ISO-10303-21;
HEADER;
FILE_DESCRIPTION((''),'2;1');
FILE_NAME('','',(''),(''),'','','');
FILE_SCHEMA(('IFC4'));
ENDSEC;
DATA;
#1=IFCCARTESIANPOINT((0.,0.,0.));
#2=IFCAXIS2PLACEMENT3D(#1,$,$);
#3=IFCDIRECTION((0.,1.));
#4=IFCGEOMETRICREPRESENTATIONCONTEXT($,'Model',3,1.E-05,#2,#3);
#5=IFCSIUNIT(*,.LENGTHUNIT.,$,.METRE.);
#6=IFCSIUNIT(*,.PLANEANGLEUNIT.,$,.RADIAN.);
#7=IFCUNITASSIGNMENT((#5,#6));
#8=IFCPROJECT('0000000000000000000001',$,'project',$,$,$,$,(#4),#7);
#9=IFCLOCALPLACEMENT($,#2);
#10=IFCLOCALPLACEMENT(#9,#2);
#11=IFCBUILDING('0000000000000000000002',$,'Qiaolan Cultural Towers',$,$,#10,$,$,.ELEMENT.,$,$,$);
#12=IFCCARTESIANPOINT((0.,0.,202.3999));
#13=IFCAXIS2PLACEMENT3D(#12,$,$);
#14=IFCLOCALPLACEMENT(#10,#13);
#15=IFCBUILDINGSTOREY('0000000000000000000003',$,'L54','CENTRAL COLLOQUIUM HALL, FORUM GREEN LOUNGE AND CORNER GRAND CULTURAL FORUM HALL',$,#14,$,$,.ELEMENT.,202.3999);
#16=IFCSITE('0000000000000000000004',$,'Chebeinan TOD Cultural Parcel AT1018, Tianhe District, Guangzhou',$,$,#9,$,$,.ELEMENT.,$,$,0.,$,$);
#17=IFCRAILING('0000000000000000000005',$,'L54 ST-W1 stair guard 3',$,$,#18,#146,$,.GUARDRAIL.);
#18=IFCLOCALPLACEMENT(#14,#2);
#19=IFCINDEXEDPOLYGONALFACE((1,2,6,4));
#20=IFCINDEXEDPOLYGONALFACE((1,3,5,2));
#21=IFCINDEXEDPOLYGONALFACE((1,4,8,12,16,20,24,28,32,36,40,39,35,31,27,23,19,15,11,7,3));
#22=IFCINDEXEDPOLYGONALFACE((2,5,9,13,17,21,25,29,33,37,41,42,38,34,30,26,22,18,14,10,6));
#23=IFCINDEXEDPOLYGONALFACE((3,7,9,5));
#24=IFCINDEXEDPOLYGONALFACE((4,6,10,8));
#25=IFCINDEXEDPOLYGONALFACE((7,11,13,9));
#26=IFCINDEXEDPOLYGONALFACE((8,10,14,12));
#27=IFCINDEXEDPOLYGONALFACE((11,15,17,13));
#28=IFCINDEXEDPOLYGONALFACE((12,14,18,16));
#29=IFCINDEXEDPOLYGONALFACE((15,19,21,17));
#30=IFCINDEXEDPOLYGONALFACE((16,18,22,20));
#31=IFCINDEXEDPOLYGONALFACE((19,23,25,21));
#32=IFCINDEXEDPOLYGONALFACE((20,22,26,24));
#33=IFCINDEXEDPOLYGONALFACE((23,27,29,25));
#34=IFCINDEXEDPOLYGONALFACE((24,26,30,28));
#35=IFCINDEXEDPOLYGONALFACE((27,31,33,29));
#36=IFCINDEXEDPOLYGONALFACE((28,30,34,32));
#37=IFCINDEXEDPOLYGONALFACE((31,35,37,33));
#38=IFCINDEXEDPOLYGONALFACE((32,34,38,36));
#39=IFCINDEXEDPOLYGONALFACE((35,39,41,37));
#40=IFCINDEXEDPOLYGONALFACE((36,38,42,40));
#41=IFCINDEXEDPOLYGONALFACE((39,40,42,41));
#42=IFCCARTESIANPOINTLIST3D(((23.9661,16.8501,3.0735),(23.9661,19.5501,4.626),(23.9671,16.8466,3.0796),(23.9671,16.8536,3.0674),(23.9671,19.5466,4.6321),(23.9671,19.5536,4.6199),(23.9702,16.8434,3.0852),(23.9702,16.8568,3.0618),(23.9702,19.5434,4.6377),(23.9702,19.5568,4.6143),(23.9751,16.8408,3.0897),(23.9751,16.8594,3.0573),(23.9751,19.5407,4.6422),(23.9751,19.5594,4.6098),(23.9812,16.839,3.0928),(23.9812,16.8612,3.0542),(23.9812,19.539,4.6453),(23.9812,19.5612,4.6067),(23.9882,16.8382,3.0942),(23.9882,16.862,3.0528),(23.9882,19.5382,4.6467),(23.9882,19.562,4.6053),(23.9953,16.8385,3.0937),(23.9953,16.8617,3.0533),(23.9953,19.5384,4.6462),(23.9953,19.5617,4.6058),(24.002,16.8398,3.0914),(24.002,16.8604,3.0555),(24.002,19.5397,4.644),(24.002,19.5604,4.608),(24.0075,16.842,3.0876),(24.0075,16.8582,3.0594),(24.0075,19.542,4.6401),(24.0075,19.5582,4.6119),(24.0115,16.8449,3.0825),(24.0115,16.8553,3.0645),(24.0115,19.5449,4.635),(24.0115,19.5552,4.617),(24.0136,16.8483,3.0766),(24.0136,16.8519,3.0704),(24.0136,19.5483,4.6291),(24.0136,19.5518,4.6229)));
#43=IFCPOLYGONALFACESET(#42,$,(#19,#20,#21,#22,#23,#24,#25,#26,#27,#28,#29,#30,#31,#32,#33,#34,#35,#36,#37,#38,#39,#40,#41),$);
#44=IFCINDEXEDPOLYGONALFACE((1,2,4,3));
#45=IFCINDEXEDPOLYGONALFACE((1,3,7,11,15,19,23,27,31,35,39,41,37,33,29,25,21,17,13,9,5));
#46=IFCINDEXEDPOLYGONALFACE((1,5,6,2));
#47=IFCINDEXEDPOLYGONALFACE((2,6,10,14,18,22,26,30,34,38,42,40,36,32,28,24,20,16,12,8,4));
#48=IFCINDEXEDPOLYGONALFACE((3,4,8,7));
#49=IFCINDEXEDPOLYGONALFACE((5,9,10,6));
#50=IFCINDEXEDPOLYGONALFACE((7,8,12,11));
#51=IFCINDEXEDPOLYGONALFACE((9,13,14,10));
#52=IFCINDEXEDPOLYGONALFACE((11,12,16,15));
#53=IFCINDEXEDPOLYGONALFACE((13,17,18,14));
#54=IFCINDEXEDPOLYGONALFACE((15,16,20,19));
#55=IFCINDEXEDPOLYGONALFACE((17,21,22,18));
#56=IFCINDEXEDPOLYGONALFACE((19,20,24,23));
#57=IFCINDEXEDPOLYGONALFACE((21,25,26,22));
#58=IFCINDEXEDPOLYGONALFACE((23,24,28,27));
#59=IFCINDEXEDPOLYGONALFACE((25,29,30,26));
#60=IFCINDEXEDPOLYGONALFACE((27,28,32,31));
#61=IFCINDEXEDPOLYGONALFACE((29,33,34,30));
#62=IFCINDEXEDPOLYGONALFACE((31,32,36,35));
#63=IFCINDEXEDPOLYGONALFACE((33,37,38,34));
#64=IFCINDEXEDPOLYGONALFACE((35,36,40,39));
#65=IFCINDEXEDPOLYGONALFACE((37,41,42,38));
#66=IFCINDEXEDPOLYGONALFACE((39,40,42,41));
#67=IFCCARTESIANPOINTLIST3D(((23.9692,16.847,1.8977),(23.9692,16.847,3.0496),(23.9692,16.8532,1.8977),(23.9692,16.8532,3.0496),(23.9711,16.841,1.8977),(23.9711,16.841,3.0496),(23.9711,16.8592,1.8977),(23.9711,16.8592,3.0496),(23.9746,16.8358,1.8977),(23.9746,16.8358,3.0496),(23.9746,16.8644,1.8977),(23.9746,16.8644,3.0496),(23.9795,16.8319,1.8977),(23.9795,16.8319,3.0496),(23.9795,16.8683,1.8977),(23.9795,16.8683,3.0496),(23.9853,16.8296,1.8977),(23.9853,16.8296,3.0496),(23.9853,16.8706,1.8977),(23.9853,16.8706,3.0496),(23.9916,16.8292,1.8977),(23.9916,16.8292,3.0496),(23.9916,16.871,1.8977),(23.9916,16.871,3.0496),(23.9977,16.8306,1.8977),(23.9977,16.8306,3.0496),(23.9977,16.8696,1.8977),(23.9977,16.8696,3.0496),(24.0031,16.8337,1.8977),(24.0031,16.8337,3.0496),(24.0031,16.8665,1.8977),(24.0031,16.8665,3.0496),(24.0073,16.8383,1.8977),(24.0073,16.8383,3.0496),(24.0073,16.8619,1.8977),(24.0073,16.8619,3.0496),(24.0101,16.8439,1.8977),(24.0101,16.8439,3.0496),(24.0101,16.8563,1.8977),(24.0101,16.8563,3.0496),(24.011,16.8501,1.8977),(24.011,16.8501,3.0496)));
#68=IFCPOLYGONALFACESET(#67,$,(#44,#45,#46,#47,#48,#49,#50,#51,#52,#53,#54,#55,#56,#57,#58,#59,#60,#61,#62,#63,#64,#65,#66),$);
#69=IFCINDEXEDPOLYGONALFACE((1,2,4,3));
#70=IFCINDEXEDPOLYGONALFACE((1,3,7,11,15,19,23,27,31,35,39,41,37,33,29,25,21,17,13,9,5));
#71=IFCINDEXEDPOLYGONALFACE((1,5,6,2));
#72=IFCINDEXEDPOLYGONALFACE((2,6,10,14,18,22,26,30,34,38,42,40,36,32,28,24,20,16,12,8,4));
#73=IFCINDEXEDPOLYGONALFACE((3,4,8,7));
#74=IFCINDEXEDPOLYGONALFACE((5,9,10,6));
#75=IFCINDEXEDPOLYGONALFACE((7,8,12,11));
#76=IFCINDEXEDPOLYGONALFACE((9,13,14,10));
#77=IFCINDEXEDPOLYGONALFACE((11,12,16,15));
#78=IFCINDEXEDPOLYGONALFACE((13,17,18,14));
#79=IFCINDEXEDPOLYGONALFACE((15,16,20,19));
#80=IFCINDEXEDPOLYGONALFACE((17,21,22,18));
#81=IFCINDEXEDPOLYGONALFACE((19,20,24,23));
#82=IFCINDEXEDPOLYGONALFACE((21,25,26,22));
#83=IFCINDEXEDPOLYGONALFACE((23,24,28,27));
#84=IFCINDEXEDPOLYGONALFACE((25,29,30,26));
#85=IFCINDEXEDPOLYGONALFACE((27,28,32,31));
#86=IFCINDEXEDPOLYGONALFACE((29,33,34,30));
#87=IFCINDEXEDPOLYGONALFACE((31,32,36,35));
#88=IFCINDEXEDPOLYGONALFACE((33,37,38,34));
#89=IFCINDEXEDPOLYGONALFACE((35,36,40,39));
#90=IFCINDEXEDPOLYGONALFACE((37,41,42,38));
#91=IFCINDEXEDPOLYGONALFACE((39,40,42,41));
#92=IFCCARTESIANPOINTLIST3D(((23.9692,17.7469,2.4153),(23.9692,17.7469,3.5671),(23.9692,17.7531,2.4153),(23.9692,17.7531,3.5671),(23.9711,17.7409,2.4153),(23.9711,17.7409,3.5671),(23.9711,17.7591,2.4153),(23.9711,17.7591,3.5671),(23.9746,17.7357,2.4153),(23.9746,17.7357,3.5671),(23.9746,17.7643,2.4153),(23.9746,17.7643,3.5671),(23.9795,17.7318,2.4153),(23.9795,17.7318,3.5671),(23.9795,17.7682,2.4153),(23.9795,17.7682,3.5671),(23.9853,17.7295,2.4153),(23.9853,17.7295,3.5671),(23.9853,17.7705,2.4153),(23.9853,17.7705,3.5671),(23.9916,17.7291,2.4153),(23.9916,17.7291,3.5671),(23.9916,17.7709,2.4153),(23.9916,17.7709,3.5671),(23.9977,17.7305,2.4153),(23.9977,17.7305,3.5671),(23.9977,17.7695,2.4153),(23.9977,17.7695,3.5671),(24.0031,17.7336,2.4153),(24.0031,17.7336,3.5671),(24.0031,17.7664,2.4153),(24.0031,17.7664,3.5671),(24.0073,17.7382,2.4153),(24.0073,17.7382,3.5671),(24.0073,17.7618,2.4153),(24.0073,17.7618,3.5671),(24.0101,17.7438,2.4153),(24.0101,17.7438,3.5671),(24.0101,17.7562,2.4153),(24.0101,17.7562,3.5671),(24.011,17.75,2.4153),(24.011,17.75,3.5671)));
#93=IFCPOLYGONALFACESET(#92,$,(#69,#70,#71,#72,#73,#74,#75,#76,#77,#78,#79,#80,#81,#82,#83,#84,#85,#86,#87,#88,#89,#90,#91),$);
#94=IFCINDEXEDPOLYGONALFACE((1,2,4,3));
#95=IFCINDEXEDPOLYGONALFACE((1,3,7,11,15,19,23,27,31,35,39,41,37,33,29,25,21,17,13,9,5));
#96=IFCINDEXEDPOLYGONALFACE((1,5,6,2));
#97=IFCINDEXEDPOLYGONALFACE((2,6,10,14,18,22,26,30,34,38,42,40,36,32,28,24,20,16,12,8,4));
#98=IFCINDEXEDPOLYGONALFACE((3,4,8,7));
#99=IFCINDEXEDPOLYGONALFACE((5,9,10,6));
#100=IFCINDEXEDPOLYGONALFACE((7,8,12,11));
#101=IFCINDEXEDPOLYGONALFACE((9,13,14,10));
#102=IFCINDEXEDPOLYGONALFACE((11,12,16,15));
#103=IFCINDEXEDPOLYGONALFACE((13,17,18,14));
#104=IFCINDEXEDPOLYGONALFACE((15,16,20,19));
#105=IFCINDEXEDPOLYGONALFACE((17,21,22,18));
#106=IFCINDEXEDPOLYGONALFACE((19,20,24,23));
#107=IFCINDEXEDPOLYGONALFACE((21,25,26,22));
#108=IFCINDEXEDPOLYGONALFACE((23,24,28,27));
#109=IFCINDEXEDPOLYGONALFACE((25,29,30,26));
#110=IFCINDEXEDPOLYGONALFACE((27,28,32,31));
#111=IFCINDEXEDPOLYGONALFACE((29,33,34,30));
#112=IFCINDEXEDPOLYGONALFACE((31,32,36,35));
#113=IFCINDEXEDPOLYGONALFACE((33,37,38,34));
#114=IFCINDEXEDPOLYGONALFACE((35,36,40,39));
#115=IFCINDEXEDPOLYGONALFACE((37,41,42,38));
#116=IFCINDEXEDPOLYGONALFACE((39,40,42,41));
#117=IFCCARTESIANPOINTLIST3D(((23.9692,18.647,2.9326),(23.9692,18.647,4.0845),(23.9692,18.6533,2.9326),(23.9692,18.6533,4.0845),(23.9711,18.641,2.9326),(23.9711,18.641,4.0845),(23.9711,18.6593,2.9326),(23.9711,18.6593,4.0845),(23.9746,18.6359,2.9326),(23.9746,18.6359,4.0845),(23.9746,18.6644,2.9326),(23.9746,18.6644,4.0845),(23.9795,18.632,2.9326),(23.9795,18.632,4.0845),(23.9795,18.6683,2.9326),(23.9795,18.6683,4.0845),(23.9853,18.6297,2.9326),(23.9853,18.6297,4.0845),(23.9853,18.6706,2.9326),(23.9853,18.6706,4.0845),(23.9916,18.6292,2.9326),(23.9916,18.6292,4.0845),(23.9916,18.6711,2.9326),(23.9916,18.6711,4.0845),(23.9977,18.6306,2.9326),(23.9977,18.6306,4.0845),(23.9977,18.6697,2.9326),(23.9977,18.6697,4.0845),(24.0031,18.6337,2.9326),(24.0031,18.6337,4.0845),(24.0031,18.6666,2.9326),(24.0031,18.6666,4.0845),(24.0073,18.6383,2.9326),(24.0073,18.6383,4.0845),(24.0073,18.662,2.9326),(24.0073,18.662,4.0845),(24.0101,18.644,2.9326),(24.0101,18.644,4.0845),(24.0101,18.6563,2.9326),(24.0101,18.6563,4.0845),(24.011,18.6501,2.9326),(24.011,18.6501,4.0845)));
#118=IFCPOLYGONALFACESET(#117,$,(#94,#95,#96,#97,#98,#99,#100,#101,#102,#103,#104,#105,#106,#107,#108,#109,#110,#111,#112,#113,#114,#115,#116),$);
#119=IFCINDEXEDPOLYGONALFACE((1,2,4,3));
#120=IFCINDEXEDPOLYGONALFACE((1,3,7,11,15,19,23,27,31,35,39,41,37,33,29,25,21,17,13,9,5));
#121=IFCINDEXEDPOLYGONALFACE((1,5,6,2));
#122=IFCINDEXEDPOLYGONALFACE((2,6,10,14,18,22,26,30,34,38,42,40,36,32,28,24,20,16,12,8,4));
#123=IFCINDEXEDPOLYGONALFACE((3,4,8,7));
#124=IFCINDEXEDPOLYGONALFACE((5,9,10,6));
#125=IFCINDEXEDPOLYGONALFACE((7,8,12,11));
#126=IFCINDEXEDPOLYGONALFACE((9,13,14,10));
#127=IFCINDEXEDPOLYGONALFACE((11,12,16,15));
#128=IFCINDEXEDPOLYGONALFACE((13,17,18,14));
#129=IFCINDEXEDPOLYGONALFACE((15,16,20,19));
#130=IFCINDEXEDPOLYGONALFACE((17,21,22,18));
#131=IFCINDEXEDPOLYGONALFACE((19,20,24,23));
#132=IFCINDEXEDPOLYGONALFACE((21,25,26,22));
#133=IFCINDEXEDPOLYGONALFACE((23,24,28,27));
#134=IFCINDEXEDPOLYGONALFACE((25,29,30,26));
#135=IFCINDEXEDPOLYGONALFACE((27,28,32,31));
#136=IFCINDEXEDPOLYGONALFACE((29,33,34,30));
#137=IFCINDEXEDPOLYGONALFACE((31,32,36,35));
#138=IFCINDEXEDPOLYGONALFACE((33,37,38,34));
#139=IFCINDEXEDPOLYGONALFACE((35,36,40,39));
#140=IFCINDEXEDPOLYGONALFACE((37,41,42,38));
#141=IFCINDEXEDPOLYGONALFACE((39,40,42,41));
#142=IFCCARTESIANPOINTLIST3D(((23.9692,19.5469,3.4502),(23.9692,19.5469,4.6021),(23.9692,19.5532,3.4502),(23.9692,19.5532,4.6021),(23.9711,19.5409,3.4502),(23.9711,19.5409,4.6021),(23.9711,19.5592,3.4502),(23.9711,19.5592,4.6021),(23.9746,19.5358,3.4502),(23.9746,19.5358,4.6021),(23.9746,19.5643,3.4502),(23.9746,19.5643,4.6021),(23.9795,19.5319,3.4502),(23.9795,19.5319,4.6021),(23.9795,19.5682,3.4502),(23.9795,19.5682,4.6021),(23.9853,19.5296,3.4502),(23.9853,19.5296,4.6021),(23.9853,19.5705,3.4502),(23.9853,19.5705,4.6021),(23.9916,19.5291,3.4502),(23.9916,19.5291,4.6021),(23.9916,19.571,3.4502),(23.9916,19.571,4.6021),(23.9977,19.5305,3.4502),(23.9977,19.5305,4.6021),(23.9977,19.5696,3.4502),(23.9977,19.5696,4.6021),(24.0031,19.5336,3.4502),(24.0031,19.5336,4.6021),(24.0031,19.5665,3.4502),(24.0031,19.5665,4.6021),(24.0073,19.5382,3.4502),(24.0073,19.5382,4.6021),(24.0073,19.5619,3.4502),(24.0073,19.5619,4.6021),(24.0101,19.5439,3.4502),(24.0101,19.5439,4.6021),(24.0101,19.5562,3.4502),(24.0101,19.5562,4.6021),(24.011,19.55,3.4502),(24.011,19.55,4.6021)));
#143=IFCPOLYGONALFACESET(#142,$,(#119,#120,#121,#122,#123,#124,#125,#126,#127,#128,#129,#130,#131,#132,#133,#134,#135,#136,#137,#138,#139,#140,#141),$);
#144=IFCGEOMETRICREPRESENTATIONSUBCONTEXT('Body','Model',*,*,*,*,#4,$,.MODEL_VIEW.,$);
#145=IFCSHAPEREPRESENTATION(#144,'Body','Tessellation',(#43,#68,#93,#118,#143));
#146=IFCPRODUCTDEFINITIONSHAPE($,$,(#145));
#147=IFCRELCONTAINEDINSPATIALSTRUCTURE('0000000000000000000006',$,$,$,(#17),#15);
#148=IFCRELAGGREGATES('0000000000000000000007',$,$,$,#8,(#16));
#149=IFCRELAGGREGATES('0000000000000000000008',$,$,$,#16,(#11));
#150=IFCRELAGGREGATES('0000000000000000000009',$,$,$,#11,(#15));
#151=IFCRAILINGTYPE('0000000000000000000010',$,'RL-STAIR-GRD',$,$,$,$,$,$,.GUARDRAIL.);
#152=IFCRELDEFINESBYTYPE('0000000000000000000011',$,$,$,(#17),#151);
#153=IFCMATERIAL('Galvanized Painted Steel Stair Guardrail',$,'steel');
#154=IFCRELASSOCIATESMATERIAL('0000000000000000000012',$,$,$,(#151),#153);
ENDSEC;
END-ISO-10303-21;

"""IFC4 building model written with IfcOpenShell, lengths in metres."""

from ifc_helpers import new_model, si_unit, direction, frame, origin, origin_2d, place, context, subcontext, project, spatial, circle, extrude, material, type_object, element, save


model = new_model("IFC4")

# Units and contexts
model_context = context("Model", 3, precision=1e-05, world=origin(), true_north=direction((0.0, 1.0)))
body_context = subcontext(model_context, "Body", "Model", "MODEL_VIEW")
ifc_project = project(units=[si_unit("LENGTHUNIT", "METRE"), si_unit("PLANEANGLEUNIT", "RADIAN")], contexts=[model_context])

# Site, building, storey
site_placement = place(None, origin())
site = spatial("IfcSite", under=ifc_project, at=site_placement, Name="Chebeinan TOD Cultural Parcel AT1018, Tianhe District, Guangzhou", CompositionType="ELEMENT", RefElevation=0.0)
building_placement = place(site_placement, origin())
building = spatial("IfcBuilding", under=site, at=building_placement, Name="Qiaolan Cultural Towers", CompositionType="ELEMENT")
storey_placement = place(building_placement, frame((0.0, 0.0, 202.3999)))
storey = spatial("IfcBuildingStorey", under=building, at=storey_placement, Name="L54", Description="CENTRAL COLLOQUIUM HALL, FORUM GREEN LOUNGE AND CORNER GRAND CULTURAL FORUM HALL", CompositionType="ELEMENT", Elevation=202.3999)

# Railing
ifc_material_1 = material(Name="Galvanized Painted Steel Stair Guardrail", Category="steel")
railing_type_1 = type_object("IfcRailingType", Name="RL-STAIR-GRD", PredefinedType="GUARDRAIL", material=ifc_material_1)
railing_1_placement = place(storey_placement, frame((23.99, 16.8501, 1.8977)))
element("IfcRailing", 1, at=railing_1_placement, inside=storey, type_object=railing_type_1, Name="L54 ST-W1 stair guard 3", PredefinedType="GUARDRAIL", context=body_context, shape_type="SweptSolid", body=[
    extrude(circle(Radius=0.0239, at=origin_2d()), frame((0.0, 0.0, 1.1758), z_axis=(0.0, 0.866904, 0.498476), x_axis=(-1.0, 0.0, 0.0)), (0.0, 0.0, 1.0), 3.1145),
    extrude(circle(Radius=0.021, at=origin_2d()), origin(), (0.0, 0.0, 1.0), 1.1519),
    extrude(circle(Radius=0.021, at=origin_2d()), frame((0.0, 0.8999, 0.5176)), (0.0, 0.0, 1.0), 1.1519),
    extrude(circle(Radius=0.021, at=origin_2d()), frame((0.0, 1.8, 1.0349)), (0.0, 0.0, 1.0), 1.1519),
    extrude(circle(Radius=0.021, at=origin_2d()), frame((0.0, 2.7, 1.5525)), (0.0, 0.0, 1.0), 1.1519),
])

save(model, "model.ifc")
